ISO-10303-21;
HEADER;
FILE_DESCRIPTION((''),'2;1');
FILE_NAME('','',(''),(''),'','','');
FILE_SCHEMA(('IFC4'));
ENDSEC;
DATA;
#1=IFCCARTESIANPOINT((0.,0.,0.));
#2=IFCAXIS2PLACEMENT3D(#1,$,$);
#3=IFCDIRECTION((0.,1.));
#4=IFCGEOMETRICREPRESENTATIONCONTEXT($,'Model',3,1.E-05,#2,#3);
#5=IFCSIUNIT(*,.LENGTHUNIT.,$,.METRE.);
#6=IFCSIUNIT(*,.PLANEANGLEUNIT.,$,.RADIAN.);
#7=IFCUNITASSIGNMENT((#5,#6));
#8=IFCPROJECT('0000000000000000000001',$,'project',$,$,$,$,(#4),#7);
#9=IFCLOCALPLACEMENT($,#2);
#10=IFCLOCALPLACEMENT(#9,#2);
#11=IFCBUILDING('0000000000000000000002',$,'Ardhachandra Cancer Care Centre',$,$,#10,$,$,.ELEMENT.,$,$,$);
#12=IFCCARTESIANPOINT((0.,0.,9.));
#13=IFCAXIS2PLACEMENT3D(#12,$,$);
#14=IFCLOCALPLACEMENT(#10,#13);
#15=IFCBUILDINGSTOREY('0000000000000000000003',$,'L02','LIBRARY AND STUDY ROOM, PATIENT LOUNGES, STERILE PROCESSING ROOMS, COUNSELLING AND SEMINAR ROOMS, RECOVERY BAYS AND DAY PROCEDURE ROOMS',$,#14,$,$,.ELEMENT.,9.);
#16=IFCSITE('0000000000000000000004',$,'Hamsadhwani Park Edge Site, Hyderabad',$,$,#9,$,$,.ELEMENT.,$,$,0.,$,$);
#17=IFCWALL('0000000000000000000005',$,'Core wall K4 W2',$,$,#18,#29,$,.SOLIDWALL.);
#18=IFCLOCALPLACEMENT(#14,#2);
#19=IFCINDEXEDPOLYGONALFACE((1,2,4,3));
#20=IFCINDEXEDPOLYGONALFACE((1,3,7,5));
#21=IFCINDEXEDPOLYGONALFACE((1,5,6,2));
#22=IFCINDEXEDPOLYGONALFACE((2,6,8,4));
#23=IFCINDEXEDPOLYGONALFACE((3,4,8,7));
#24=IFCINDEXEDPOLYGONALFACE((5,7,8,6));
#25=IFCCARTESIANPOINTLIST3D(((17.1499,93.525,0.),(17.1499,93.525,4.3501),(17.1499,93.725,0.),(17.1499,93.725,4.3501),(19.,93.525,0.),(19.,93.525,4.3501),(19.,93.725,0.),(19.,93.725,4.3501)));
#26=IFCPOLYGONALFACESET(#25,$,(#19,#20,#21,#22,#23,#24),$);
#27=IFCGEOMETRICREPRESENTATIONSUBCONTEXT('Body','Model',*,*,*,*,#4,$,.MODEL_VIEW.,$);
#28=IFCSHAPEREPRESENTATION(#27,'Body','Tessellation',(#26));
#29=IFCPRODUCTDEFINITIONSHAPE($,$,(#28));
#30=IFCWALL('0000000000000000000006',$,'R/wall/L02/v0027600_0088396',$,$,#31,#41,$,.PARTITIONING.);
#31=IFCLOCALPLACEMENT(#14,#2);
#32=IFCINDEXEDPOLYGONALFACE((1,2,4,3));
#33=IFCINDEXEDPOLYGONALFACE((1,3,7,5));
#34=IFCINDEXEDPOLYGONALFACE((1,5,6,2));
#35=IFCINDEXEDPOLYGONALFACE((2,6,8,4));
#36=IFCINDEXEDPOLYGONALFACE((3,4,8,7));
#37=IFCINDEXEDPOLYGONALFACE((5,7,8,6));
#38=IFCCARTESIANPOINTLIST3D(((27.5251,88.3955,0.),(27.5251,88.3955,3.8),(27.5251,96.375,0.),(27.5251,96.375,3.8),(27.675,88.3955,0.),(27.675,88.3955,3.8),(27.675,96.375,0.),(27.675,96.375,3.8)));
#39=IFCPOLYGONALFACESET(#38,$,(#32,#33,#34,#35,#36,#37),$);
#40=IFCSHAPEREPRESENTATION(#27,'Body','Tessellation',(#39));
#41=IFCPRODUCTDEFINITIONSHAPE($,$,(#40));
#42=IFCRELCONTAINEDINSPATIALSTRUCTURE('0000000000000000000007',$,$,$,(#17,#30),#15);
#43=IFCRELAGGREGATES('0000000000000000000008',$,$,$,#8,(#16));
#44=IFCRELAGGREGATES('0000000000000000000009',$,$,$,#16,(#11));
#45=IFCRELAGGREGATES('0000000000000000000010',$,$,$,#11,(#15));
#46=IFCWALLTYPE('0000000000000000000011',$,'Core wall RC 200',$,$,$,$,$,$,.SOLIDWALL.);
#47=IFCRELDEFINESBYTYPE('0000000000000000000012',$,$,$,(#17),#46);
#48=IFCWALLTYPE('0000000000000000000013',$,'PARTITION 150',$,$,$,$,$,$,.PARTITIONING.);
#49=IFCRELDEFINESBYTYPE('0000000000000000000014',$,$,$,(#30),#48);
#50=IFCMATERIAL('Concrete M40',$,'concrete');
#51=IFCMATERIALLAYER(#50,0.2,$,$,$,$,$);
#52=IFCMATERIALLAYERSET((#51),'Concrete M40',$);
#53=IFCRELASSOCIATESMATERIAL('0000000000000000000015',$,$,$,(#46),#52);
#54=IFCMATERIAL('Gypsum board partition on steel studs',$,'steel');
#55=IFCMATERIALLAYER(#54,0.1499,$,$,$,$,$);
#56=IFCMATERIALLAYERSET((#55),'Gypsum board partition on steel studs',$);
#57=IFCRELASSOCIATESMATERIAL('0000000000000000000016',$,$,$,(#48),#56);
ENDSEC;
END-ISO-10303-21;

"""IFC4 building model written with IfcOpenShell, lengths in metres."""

from ifc_helpers import new_model, si_unit, direction, frame, frame_2d, origin, place, context, subcontext, project, spatial, rectangle, extrude, material, layer, layer_set, type_object, element, save


model = new_model("IFC4")

# Units and contexts
model_context = context("Model", 3, precision=1e-05, world=origin(), true_north=direction((0.0, 1.0)))
body_context = subcontext(model_context, "Body", "Model", "MODEL_VIEW")
ifc_project = project(units=[si_unit("LENGTHUNIT", "METRE"), si_unit("PLANEANGLEUNIT", "RADIAN")], contexts=[model_context])

# Site, building, storey
site_placement = place(None, origin())
site = spatial("IfcSite", under=ifc_project, at=site_placement, Name="Hamsadhwani Park Edge Site, Hyderabad", CompositionType="ELEMENT", RefElevation=0.0)
building_placement = place(site_placement, origin())
building = spatial("IfcBuilding", under=site, at=building_placement, Name="Ardhachandra Cancer Care Centre", CompositionType="ELEMENT")
storey_placement = place(building_placement, frame((0.0, 0.0, 9.0)))
storey = spatial("IfcBuildingStorey", under=building, at=storey_placement, Name="L02", Description="LIBRARY AND STUDY ROOM, PATIENT LOUNGES, STERILE PROCESSING ROOMS, COUNSELLING AND SEMINAR ROOMS, RECOVERY BAYS AND DAY PROCEDURE ROOMS", CompositionType="ELEMENT", Elevation=9.0)

# Shared definitions
ifc_material_1 = material(Name="Concrete M40", Category="concrete")
ifc_layer_1 = layer(ifc_material_1, 0.2)
ifc_layer_set_1 = layer_set([ifc_layer_1], Name="Concrete M40")
wall_type_1 = type_object("IfcWallType", Name="Core wall RC 200", PredefinedType="SOLIDWALL", material=ifc_layer_set_1)

# Walls
wall_1_placement = place(storey_placement, frame((17.1499, 93.625, 0.0), z_axis=(0.0, 0.0, 1.0), x_axis=(1.0, 0.0, 0.0)))
element("IfcWall", 1, at=wall_1_placement, inside=storey, type_object=wall_type_1, Name="Core wall K4 W2", PredefinedType="SOLIDWALL", context=body_context, shape_type="SweptSolid", body=[
    extrude(rectangle(XDim=1.8501, YDim=0.2, at=frame_2d((0.925, 0.0))), origin(), (0.0, 0.0, 1.0), 4.3501),
])
ifc_material_2 = material(Name="Gypsum board partition on steel studs", Category="steel")
ifc_layer_2 = layer(ifc_material_2, 0.1499)
ifc_layer_set_2 = layer_set([ifc_layer_2], Name="Gypsum board partition on steel studs")
wall_type_2 = type_object("IfcWallType", Name="PARTITION 150", PredefinedType="PARTITIONING", material=ifc_layer_set_2)
wall_2_placement = place(storey_placement, frame((27.6001, 88.3955, 0.0), z_axis=(0.0, 0.0, 1.0), x_axis=(0.0, 1.0, 0.0)))
element("IfcWall", 2, at=wall_2_placement, inside=storey, type_object=wall_type_2, Name="R/wall/L02/v0027600_0088396", PredefinedType="PARTITIONING", context=body_context, shape_type="SweptSolid", body=[
    extrude(rectangle(XDim=7.9795, YDim=0.1499, at=frame_2d((3.9897, 0.0))), origin(), (0.0, 0.0, 1.0), 3.8),
])

save(model, "model.ifc")
